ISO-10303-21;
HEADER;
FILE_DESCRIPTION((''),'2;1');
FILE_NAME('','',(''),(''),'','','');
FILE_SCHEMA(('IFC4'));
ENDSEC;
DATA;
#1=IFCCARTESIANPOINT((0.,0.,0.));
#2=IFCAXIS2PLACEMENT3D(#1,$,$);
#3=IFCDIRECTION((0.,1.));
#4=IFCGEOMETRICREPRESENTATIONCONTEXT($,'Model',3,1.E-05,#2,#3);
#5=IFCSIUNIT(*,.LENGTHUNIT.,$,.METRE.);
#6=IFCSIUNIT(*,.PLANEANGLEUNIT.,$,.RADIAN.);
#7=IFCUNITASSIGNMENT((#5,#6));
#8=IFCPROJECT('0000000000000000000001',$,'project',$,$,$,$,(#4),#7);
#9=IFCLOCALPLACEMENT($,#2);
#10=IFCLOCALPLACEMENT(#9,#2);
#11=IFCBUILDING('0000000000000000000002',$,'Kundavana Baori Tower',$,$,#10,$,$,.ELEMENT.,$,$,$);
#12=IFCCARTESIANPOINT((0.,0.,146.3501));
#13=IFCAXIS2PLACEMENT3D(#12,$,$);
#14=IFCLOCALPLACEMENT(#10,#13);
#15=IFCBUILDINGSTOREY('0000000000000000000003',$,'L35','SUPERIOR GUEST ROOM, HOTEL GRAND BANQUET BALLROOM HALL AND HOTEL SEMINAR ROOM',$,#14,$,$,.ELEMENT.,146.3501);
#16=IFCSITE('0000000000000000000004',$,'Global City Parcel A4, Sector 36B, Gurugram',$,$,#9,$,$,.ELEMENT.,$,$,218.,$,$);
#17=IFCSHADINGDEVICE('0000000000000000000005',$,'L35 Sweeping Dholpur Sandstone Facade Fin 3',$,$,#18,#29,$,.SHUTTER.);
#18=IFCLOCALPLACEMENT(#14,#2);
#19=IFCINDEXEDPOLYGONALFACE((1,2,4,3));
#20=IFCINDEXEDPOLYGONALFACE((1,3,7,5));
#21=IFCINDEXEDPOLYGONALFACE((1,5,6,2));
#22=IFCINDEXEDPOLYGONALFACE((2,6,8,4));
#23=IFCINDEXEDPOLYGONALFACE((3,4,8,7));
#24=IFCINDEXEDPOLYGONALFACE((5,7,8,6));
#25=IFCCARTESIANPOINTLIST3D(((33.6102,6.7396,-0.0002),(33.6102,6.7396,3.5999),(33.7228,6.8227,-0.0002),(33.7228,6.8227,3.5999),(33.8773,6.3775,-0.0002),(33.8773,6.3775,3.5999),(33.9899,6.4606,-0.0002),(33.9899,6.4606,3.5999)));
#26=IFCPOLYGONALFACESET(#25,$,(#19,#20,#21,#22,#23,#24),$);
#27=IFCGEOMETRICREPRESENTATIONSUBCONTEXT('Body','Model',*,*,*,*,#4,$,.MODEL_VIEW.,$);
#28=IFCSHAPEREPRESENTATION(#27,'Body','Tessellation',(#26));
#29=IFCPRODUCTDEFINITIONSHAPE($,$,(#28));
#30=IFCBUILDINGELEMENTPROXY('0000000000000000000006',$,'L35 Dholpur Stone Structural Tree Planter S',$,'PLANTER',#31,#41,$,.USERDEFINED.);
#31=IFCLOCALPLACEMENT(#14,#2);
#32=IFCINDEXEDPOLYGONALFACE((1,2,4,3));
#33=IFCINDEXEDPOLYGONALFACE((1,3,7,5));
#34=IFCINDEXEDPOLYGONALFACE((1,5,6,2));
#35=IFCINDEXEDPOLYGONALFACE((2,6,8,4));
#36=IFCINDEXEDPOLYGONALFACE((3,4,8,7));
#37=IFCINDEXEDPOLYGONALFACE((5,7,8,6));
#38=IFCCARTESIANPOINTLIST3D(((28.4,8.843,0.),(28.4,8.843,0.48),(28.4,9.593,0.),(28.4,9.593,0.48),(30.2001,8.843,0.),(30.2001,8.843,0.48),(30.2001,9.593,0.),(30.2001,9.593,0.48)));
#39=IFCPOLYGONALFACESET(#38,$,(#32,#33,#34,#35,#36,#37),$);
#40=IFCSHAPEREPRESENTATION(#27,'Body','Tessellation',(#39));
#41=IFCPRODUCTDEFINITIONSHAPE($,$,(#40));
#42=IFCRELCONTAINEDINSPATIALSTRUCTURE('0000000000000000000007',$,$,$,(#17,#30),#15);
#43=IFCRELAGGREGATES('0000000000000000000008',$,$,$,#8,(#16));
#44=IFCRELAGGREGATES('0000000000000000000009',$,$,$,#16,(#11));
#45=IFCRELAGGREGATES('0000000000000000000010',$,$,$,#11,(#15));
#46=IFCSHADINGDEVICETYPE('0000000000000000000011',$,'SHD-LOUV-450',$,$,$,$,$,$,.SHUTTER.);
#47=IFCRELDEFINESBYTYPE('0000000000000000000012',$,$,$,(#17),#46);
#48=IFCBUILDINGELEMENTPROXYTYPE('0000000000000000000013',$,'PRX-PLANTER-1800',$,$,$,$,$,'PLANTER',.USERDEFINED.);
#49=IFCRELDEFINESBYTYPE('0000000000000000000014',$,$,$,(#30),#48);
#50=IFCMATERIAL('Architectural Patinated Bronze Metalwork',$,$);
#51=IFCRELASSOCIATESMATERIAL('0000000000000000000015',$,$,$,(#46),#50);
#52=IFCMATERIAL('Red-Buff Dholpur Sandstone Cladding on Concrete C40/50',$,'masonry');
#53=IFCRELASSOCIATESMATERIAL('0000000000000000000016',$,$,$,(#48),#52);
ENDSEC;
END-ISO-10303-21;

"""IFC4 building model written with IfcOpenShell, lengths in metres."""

from ifc_helpers import new_model, si_unit, direction, frame, origin, origin_2d, place, context, subcontext, project, spatial, rectangle, extrude, material, type_object, element, save


model = new_model("IFC4")

# Units and contexts
model_context = context("Model", 3, precision=1e-05, world=origin(), true_north=direction((0.0, 1.0)))
body_context = subcontext(model_context, "Body", "Model", "MODEL_VIEW")
ifc_project = project(units=[si_unit("LENGTHUNIT", "METRE"), si_unit("PLANEANGLEUNIT", "RADIAN")], contexts=[model_context])

# Site, building, storey
site_placement = place(None, origin())
site = spatial("IfcSite", under=ifc_project, at=site_placement, Name="Global City Parcel A4, Sector 36B, Gurugram", CompositionType="ELEMENT", RefElevation=218.0)
building_placement = place(site_placement, origin())
building = spatial("IfcBuilding", under=site, at=building_placement, Name="Kundavana Baori Tower", CompositionType="ELEMENT")
storey_placement = place(building_placement, frame((0.0, 0.0, 146.3501)))
storey = spatial("IfcBuildingStorey", under=building, at=storey_placement, Name="L35", Description="SUPERIOR GUEST ROOM, HOTEL GRAND BANQUET BALLROOM HALL AND HOTEL SEMINAR ROOM", CompositionType="ELEMENT", Elevation=146.3501)

# Shading device
ifc_material_1 = material(Name="Architectural Patinated Bronze Metalwork")
shading_device_type_1 = type_object("IfcShadingDeviceType", Name="SHD-LOUV-450", PredefinedType="SHUTTER", material=ifc_material_1)
shading_device_1_placement = place(storey_placement, frame((33.8, 6.6001, -0.0002), z_axis=(0.0, 0.0, 1.0), x_axis=(0.804687, 0.5937, 0.0)))
element("IfcShadingDevice", 1, at=shading_device_1_placement, inside=storey, type_object=shading_device_type_1, Name="L35 Sweeping Dholpur Sandstone Facade Fin 3", PredefinedType="SHUTTER", context=body_context, shape_type="SweptSolid", body=[
    extrude(rectangle(XDim=0.1399, YDim=0.45, at=origin_2d()), origin(), (0.0, 0.0, 1.0), 3.6001),
])

# Building element proxy
ifc_material_2 = material(Name="Red-Buff Dholpur Sandstone Cladding on Concrete C40/50", Category="masonry")
building_element_proxy_type = type_object("IfcBuildingElementProxyType", Name="PRX-PLANTER-1800", ElementType="PLANTER", PredefinedType="USERDEFINED", material=ifc_material_2)
proxy_placement = place(storey_placement, frame((29.3, 9.218, 0.0), z_axis=(0.0, 0.0, 1.0), x_axis=(1.0, 0.0, 0.0)))
element("IfcBuildingElementProxy", 2, at=proxy_placement, inside=storey, type_object=building_element_proxy_type, Name="L35 Dholpur Stone Structural Tree Planter S", ObjectType="PLANTER", PredefinedType="USERDEFINED", context=body_context, shape_type="SweptSolid", body=[
    extrude(rectangle(XDim=1.8, YDim=0.75, at=origin_2d()), origin(), (0.0, 0.0, 1.0), 0.48),
])

save(model, "model.ifc")
